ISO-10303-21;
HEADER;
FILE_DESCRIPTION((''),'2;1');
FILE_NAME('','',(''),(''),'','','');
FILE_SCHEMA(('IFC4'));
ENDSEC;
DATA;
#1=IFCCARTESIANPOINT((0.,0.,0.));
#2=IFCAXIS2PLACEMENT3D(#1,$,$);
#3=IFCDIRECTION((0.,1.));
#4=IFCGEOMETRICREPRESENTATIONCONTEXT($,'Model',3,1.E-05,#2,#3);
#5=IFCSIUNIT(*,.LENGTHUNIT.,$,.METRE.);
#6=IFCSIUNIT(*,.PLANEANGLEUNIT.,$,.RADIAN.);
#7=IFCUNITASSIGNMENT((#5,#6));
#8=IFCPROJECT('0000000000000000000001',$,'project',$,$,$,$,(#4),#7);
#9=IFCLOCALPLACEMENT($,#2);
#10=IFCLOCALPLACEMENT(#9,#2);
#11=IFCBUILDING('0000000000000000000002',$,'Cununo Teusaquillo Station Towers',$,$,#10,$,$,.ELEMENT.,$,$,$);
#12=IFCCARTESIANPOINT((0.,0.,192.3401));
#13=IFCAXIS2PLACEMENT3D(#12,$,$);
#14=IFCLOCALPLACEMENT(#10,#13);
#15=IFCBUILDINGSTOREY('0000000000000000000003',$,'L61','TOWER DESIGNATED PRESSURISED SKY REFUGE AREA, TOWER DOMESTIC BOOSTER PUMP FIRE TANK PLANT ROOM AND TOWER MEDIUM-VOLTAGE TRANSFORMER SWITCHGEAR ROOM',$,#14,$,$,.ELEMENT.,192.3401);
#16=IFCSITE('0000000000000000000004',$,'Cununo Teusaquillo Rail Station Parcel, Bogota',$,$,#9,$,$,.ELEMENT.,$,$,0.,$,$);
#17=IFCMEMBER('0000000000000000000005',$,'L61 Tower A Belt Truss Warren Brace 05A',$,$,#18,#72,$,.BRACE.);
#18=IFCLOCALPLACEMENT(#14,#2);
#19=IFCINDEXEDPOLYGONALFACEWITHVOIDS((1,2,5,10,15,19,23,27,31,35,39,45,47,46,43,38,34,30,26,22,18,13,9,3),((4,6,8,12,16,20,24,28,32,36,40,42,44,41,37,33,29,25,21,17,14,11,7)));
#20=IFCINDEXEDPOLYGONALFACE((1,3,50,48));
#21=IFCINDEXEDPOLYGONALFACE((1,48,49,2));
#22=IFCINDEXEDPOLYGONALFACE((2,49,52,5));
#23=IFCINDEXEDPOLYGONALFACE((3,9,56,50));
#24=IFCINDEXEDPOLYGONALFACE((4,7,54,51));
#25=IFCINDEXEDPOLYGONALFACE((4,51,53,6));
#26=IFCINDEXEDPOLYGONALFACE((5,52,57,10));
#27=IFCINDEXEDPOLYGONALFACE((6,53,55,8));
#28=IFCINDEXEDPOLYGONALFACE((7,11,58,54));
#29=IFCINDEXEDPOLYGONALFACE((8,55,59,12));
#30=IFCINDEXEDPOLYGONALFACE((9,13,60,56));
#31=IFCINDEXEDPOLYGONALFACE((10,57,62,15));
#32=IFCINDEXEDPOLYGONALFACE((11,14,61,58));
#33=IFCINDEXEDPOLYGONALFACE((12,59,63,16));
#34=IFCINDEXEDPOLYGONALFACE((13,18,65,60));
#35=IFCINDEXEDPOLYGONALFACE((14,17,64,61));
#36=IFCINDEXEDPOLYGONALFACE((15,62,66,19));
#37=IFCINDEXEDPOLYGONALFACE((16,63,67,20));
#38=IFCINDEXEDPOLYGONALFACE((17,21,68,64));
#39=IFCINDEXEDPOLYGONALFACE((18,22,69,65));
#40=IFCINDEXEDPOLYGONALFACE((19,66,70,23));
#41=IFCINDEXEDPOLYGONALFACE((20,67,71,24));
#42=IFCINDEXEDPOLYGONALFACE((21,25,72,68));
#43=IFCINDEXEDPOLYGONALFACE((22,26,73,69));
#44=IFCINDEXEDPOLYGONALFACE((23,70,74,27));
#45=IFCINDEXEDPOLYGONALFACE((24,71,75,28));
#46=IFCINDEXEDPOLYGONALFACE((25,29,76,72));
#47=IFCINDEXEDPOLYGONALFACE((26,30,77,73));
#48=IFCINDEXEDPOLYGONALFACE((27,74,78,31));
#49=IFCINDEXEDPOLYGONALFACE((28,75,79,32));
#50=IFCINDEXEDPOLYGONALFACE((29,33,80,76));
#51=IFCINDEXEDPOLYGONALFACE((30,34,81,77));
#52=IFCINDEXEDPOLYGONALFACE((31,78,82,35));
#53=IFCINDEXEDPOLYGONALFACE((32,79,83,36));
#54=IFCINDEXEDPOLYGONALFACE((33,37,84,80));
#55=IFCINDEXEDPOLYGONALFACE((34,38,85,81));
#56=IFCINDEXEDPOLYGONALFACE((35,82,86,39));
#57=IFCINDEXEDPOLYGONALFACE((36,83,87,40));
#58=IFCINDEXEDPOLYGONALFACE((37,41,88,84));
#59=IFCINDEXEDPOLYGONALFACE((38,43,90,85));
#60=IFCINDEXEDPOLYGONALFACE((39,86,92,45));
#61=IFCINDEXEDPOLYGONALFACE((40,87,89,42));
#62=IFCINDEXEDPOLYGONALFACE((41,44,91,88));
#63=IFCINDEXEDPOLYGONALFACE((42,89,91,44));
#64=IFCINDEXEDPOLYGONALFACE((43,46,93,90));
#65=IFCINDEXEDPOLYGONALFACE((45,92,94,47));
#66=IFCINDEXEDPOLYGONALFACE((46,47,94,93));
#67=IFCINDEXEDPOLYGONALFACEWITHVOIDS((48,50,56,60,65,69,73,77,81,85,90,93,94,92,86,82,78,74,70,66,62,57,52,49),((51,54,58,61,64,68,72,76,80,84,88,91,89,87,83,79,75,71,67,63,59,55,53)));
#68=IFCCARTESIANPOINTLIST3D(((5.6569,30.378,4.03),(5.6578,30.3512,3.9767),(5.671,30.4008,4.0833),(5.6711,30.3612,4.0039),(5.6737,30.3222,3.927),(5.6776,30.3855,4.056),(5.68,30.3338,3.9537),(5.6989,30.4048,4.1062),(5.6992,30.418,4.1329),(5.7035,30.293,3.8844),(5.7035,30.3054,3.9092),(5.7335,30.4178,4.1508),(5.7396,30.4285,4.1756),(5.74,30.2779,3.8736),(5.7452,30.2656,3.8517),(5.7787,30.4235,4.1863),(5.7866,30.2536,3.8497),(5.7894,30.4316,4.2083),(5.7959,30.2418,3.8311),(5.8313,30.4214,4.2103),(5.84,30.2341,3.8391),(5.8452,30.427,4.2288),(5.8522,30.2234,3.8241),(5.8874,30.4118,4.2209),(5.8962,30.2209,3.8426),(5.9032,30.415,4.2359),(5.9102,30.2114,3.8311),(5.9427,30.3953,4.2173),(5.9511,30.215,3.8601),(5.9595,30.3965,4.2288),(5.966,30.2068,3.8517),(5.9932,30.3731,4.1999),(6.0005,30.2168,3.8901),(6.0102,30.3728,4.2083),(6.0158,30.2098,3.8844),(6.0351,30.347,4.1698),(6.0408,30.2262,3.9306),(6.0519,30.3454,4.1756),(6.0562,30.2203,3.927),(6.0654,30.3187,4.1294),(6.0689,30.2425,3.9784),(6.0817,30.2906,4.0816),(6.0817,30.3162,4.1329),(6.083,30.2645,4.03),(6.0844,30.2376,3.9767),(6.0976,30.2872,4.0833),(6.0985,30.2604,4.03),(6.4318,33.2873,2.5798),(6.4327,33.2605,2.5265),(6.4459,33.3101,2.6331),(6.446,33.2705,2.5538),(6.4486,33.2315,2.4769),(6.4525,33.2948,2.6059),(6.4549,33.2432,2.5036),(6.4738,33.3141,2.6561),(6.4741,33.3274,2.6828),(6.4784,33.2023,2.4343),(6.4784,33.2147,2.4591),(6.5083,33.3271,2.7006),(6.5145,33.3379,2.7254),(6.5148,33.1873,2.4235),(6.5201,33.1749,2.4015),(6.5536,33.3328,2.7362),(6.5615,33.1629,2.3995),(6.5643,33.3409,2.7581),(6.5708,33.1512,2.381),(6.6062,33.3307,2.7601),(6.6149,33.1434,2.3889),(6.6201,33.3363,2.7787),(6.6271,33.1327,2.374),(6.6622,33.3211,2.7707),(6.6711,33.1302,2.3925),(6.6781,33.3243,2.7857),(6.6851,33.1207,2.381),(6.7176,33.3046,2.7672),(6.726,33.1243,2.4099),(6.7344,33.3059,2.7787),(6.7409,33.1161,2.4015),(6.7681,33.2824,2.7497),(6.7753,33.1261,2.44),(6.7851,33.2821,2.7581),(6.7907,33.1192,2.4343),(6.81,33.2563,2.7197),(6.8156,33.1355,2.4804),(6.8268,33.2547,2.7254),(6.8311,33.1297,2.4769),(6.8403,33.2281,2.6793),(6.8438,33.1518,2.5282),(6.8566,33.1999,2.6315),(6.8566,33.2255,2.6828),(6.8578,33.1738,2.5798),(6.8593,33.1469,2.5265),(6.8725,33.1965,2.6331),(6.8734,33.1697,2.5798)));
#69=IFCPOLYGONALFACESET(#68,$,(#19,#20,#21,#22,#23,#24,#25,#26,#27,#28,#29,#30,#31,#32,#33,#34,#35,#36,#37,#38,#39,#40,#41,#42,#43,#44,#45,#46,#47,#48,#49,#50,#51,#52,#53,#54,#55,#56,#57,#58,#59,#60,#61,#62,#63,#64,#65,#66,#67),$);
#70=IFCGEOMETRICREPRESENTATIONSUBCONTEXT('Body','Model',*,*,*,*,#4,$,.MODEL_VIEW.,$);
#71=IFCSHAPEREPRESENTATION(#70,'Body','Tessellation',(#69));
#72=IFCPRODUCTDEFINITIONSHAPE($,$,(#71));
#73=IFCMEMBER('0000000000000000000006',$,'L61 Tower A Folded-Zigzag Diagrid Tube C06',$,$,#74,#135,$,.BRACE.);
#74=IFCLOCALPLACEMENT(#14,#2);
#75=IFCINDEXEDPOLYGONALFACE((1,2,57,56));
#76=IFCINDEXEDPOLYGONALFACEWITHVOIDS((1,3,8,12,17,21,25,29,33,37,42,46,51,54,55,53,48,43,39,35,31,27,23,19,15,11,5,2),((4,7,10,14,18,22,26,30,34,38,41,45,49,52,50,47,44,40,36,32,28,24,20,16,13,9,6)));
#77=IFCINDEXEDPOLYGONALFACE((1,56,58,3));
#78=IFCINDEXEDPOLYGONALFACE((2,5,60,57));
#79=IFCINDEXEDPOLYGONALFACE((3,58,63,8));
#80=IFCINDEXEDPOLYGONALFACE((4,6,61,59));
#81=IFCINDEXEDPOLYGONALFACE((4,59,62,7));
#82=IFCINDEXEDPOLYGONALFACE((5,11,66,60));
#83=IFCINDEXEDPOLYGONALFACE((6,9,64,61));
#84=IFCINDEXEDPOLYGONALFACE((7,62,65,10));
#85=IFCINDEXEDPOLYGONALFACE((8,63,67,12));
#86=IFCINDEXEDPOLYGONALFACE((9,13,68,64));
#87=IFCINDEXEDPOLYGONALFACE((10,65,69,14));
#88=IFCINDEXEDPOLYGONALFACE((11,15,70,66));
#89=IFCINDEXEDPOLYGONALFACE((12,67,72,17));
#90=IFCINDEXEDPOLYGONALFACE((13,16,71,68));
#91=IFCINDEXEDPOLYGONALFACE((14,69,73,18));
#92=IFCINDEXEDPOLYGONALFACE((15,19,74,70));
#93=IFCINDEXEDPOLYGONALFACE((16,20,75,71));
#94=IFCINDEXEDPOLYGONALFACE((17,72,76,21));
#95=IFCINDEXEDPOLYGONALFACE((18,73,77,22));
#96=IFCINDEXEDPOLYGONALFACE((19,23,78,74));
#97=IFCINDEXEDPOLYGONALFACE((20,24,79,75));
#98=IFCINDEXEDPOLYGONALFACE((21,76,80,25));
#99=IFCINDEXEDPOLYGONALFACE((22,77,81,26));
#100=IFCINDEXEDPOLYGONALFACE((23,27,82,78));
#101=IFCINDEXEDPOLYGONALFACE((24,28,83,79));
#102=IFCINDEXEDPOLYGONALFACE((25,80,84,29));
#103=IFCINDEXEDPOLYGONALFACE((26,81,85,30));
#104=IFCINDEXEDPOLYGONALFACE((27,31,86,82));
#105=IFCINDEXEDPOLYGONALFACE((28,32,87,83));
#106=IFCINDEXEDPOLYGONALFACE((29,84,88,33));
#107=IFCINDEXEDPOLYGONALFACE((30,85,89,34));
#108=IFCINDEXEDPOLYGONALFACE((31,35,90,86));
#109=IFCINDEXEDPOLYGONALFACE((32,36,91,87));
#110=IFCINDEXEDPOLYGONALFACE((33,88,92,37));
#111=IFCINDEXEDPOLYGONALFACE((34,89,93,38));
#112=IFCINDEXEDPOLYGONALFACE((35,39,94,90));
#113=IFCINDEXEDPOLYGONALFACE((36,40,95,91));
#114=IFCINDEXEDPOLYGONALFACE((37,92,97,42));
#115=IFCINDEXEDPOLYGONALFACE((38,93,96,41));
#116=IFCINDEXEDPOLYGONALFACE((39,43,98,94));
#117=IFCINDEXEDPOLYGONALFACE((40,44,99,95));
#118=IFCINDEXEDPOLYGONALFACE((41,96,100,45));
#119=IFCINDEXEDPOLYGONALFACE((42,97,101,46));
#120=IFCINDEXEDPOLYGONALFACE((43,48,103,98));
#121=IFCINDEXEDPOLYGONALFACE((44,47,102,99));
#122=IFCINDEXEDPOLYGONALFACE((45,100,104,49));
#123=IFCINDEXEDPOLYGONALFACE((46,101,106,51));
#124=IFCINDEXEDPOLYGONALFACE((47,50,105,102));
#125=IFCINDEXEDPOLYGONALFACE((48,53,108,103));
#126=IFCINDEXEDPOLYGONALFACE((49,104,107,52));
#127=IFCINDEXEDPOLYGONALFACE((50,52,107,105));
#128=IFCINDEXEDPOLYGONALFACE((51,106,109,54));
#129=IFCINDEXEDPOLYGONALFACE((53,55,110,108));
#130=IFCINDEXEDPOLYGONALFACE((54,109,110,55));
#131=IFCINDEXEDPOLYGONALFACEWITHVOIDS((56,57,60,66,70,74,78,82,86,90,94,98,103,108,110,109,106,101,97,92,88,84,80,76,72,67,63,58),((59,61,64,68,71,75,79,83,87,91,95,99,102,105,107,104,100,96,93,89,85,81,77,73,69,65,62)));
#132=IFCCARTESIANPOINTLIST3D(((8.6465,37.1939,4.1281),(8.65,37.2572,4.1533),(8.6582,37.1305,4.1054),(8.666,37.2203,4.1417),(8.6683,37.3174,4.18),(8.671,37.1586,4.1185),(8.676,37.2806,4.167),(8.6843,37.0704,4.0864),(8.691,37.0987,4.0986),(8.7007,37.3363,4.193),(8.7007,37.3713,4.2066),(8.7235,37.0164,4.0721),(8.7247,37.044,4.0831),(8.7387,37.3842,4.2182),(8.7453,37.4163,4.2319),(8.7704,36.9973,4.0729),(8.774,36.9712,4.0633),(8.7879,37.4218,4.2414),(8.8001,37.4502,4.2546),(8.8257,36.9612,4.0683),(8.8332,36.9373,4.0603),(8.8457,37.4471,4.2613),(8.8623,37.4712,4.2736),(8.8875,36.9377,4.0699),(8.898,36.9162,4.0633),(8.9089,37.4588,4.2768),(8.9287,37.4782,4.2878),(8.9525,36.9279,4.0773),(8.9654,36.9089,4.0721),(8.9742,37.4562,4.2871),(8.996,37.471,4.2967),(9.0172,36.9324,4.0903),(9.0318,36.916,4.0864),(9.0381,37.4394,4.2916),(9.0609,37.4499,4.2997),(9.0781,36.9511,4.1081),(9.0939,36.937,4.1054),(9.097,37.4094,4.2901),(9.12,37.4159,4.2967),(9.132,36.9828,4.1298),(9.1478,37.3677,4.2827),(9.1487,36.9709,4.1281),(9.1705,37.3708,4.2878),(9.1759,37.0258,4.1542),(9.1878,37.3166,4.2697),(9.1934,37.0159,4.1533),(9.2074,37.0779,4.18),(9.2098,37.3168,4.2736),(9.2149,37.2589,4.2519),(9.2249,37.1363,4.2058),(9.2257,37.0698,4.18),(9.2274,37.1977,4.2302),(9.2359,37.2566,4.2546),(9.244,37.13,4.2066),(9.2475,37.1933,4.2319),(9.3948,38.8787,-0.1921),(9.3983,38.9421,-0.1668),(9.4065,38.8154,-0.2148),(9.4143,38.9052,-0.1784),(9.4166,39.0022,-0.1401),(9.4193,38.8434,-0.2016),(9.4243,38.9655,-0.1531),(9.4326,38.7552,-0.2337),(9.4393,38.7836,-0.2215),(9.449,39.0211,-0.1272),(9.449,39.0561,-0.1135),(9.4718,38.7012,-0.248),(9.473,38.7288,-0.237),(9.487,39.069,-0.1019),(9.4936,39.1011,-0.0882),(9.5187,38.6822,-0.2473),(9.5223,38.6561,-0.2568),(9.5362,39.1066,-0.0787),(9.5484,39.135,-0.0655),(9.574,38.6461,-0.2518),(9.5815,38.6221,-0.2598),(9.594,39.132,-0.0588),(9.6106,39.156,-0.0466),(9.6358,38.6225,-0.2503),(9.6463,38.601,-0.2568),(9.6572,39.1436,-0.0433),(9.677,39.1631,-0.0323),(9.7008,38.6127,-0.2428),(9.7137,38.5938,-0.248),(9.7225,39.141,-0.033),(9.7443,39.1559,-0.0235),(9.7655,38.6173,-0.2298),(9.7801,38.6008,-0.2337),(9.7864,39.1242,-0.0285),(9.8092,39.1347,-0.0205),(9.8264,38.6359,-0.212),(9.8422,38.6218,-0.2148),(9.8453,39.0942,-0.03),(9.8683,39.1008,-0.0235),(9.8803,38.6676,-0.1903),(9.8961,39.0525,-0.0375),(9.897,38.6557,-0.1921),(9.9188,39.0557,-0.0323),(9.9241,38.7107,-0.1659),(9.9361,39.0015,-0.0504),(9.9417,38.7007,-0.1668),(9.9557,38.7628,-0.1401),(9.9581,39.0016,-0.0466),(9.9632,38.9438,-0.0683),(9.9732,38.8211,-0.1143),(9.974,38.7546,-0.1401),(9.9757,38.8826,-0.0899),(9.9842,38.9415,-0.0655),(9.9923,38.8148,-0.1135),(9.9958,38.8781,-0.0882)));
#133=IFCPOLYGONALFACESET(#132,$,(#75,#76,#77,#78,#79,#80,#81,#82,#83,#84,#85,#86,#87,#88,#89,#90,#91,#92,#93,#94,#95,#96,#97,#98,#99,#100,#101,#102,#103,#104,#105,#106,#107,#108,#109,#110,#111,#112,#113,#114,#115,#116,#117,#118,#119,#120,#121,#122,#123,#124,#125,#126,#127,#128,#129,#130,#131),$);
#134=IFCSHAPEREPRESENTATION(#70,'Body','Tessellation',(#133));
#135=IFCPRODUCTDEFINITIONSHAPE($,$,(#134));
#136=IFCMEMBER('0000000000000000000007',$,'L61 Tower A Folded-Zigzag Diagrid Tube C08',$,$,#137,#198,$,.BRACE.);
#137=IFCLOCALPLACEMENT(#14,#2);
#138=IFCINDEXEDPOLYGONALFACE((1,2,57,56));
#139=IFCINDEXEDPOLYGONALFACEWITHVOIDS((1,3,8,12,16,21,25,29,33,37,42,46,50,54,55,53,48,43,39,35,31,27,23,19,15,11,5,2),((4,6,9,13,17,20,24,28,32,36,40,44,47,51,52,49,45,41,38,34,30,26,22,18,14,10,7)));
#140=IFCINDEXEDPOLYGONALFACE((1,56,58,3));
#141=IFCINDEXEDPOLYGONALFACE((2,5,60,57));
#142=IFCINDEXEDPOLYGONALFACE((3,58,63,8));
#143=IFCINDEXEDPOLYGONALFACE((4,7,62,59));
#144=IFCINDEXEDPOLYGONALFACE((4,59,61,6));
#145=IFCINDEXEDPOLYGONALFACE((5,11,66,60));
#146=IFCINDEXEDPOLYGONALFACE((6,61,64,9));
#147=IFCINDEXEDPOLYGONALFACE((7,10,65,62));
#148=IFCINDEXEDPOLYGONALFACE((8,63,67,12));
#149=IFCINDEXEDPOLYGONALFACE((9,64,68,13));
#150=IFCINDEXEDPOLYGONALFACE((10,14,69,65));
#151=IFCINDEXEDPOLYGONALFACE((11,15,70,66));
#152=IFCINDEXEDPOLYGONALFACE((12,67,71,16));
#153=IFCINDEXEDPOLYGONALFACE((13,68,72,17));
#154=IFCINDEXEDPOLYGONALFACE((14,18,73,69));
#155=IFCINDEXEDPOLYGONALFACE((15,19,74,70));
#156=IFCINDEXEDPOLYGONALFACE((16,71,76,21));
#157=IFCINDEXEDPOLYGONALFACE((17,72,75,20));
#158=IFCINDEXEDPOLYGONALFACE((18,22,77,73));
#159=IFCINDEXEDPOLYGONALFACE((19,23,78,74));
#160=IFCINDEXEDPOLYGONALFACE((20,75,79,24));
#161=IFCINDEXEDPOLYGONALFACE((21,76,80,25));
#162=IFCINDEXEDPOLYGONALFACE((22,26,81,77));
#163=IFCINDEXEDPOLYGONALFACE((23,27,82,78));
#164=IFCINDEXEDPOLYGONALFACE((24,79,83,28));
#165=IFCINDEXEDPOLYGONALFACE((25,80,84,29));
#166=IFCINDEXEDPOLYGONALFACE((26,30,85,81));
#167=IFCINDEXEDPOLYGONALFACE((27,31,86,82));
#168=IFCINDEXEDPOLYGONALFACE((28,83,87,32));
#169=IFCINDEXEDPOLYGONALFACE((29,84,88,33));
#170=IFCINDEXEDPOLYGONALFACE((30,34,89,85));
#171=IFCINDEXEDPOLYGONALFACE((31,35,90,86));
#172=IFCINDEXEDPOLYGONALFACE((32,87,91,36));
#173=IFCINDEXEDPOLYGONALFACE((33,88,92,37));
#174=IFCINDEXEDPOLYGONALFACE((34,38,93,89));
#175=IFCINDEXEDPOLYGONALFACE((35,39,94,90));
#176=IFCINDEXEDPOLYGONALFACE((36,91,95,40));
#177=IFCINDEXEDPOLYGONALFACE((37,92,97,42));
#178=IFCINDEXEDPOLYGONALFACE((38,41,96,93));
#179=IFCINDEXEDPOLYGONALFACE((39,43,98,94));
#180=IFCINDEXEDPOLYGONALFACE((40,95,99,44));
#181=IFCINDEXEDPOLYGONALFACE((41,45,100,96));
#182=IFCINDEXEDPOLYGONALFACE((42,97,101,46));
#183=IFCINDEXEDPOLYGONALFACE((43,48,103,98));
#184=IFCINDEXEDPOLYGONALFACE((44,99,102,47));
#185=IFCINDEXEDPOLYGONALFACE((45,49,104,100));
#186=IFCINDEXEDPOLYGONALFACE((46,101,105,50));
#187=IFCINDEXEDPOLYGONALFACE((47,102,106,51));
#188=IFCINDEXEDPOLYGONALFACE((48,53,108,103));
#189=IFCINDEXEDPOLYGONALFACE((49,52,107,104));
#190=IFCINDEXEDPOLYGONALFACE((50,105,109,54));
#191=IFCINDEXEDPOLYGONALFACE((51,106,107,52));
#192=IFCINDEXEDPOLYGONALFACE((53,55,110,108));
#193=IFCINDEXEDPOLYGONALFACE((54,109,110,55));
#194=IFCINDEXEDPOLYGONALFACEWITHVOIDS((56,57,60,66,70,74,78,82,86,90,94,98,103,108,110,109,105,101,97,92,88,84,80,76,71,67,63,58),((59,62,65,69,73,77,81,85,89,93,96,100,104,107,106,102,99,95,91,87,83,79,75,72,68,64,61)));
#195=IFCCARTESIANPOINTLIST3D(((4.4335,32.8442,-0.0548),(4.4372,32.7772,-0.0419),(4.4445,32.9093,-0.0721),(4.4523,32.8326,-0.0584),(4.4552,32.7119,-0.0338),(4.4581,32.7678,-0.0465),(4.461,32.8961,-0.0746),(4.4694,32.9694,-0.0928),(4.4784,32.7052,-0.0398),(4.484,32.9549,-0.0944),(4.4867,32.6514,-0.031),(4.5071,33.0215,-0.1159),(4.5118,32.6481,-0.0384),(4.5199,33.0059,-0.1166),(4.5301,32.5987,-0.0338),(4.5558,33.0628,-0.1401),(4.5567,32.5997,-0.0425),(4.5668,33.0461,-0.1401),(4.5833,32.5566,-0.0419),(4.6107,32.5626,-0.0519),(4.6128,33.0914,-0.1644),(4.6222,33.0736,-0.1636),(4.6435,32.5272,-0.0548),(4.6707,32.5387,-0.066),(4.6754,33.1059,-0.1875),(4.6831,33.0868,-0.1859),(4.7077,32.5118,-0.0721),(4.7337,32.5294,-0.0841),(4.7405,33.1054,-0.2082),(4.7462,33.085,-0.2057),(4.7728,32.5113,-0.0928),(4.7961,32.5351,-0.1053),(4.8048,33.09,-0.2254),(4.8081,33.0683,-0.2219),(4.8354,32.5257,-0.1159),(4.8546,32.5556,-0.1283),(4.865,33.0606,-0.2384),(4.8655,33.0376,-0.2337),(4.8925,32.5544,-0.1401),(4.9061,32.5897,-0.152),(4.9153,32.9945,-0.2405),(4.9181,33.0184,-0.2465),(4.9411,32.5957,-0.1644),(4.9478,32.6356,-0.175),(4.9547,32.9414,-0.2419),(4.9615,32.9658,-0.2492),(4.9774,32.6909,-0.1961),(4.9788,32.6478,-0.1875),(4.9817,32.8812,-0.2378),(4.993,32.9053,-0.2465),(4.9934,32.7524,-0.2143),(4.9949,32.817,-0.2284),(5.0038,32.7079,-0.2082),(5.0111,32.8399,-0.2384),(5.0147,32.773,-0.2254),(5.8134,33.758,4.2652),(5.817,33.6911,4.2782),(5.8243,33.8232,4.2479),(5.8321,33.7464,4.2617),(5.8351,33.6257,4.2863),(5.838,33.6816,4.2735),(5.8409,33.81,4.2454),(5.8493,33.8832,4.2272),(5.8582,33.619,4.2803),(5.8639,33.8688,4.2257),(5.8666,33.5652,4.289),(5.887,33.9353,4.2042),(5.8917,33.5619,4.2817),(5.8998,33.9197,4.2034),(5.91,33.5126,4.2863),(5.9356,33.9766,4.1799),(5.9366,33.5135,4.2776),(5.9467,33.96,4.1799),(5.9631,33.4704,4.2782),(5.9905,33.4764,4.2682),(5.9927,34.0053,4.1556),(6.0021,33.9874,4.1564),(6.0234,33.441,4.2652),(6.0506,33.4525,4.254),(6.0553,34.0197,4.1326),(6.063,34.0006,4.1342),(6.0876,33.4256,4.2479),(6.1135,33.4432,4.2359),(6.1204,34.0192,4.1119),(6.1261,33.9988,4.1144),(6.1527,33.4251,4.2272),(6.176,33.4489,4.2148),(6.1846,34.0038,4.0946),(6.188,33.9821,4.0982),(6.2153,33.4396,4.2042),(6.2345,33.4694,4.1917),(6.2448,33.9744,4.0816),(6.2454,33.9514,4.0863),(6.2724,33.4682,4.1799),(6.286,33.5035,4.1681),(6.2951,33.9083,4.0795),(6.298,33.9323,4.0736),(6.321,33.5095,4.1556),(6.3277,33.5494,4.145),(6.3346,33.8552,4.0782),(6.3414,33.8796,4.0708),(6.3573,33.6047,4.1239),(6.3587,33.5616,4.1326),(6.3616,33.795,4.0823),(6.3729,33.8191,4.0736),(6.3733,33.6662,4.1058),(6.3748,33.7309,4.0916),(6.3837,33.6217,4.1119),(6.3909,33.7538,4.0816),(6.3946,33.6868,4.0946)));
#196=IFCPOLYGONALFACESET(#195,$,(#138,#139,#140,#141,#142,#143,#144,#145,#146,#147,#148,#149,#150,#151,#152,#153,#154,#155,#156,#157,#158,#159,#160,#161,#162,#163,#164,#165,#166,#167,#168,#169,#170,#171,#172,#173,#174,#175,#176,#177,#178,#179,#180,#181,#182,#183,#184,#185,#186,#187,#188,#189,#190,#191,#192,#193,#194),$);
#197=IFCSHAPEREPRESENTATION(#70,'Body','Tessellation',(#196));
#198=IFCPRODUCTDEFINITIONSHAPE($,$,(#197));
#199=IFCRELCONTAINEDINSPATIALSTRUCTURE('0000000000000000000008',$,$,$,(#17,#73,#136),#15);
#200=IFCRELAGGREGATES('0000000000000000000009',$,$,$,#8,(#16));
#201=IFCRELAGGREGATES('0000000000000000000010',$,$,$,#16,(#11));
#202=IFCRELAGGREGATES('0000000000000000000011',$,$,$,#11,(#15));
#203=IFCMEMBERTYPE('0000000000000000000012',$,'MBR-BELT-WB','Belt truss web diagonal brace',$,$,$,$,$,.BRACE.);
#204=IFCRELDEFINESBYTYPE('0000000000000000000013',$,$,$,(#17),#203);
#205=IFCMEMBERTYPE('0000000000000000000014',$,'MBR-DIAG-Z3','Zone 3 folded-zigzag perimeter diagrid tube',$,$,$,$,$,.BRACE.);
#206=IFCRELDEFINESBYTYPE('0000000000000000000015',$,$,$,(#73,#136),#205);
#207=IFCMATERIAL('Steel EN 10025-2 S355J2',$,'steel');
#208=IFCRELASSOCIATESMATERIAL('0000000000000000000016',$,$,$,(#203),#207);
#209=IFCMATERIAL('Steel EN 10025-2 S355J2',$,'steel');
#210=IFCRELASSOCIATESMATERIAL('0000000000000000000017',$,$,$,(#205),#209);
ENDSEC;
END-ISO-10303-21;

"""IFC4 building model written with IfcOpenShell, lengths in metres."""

from ifc_helpers import new_model, si_unit, direction, frame, origin, origin_2d, place, context, subcontext, project, spatial, hollow_circle, extrude, material, material_profile, profile_set, type_object, element, save


model = new_model("IFC4")

# Units and contexts
model_context = context("Model", 3, precision=1e-05, world=origin(), true_north=direction((0.0, 1.0)))
body_context = subcontext(model_context, "Body", "Model", "MODEL_VIEW")
ifc_project = project(units=[si_unit("LENGTHUNIT", "METRE"), si_unit("PLANEANGLEUNIT", "RADIAN")], contexts=[model_context])

# Site, building, storey
site_placement = place(None, origin())
site = spatial("IfcSite", under=ifc_project, at=site_placement, Name="Cununo Teusaquillo Rail Station Parcel, Bogota", CompositionType="ELEMENT", RefElevation=0.0)
building_placement = place(site_placement, origin())
building = spatial("IfcBuilding", under=site, at=building_placement, Name="Cununo Teusaquillo Station Towers", CompositionType="ELEMENT")
storey_placement = place(building_placement, frame((0.0, 0.0, 192.3401)))
storey = spatial("IfcBuildingStorey", under=building, at=storey_placement, Name="L61", Description="TOWER DESIGNATED PRESSURISED SKY REFUGE AREA, TOWER DOMESTIC BOOSTER PUMP FIRE TANK PLANT ROOM AND TOWER MEDIUM-VOLTAGE TRANSFORMER SWITCHGEAR ROOM", CompositionType="ELEMENT", Elevation=192.3401)

# Members
ifc_material_1 = material(Name="Steel EN 10025-2 S355J2", Category="steel")
ifc_material_profile_1 = material_profile(ifc_material_1, hollow_circle(Radius=0.2285, WallThickness=0.0161, at=origin_2d()), Name="CHS 457x16")
ifc_profile_set_1 = profile_set([ifc_material_profile_1], Name="Steel EN 10025-2 S355J2")
member_type_1 = type_object("IfcMemberType", Name="MBR-BELT-WB", Description="Belt truss web diagonal brace", PredefinedType="BRACE", material=ifc_profile_set_1)
member_1_placement = place(storey_placement, frame((6.6526, 33.2285, 2.5798), z_axis=(-0.231875, -0.87059, 0.433944), x_axis=(0.966313, -0.25737, 0.0)))
element("IfcMember", 1, at=member_1_placement, inside=storey, type_object=member_type_1, Name="L61 Tower A Belt Truss Warren Brace 05A", PredefinedType="BRACE", context=body_context, shape_type="SweptSolid", body=[
    extrude(hollow_circle(Radius=0.2285, WallThickness=0.0161, at=origin_2d()), origin(), (0.0, 0.0, 1.0), 3.3418),
])
ifc_material_2 = material(Name="Steel EN 10025-2 S355J2", Category="steel")
ifc_material_profile_2 = material_profile(ifc_material_2, hollow_circle(Radius=0.3049, WallThickness=0.02, at=origin_2d()), Name="CHS 610x20")
ifc_profile_set_2 = profile_set([ifc_material_profile_2], Name="Steel EN 10025-2 S355J2")
member_type_2 = type_object("IfcMemberType", Name="MBR-DIAG-Z3", Description="Zone 3 folded-zigzag perimeter diagrid tube", PredefinedType="BRACE", material=ifc_profile_set_2)
member_2_placement = place(storey_placement, frame((9.6953, 38.8784, -0.1401), z_axis=(-0.159314, -0.358702, 0.919756), x_axis=(0.913915, -0.405905, 0.0)))
element("IfcMember", 2, at=member_2_placement, inside=storey, type_object=member_type_2, Name="L61 Tower A Folded-Zigzag Diagrid Tube C06", PredefinedType="BRACE", context=body_context, shape_type="SweptSolid", body=[
    extrude(hollow_circle(Radius=0.3049, WallThickness=0.02, at=origin_2d()), origin(), (0.0, 0.0, 1.0), 4.697),
])
member_3_placement = place(storey_placement, frame((4.7241, 32.8086, -0.1401), z_axis=(0.298273, 0.197529, 0.933818), x_axis=(-0.552144, 0.833748, 0.0)))
element("IfcMember", 3, at=member_3_placement, inside=storey, type_object=member_type_2, Name="L61 Tower A Folded-Zigzag Diagrid Tube C08", PredefinedType="BRACE", context=body_context, shape_type="SweptSolid", body=[
    extrude(hollow_circle(Radius=0.3049, WallThickness=0.02, at=origin_2d()), origin(), (0.0, 0.0, 1.0), 4.6262),
])

save(model, "model.ifc")
